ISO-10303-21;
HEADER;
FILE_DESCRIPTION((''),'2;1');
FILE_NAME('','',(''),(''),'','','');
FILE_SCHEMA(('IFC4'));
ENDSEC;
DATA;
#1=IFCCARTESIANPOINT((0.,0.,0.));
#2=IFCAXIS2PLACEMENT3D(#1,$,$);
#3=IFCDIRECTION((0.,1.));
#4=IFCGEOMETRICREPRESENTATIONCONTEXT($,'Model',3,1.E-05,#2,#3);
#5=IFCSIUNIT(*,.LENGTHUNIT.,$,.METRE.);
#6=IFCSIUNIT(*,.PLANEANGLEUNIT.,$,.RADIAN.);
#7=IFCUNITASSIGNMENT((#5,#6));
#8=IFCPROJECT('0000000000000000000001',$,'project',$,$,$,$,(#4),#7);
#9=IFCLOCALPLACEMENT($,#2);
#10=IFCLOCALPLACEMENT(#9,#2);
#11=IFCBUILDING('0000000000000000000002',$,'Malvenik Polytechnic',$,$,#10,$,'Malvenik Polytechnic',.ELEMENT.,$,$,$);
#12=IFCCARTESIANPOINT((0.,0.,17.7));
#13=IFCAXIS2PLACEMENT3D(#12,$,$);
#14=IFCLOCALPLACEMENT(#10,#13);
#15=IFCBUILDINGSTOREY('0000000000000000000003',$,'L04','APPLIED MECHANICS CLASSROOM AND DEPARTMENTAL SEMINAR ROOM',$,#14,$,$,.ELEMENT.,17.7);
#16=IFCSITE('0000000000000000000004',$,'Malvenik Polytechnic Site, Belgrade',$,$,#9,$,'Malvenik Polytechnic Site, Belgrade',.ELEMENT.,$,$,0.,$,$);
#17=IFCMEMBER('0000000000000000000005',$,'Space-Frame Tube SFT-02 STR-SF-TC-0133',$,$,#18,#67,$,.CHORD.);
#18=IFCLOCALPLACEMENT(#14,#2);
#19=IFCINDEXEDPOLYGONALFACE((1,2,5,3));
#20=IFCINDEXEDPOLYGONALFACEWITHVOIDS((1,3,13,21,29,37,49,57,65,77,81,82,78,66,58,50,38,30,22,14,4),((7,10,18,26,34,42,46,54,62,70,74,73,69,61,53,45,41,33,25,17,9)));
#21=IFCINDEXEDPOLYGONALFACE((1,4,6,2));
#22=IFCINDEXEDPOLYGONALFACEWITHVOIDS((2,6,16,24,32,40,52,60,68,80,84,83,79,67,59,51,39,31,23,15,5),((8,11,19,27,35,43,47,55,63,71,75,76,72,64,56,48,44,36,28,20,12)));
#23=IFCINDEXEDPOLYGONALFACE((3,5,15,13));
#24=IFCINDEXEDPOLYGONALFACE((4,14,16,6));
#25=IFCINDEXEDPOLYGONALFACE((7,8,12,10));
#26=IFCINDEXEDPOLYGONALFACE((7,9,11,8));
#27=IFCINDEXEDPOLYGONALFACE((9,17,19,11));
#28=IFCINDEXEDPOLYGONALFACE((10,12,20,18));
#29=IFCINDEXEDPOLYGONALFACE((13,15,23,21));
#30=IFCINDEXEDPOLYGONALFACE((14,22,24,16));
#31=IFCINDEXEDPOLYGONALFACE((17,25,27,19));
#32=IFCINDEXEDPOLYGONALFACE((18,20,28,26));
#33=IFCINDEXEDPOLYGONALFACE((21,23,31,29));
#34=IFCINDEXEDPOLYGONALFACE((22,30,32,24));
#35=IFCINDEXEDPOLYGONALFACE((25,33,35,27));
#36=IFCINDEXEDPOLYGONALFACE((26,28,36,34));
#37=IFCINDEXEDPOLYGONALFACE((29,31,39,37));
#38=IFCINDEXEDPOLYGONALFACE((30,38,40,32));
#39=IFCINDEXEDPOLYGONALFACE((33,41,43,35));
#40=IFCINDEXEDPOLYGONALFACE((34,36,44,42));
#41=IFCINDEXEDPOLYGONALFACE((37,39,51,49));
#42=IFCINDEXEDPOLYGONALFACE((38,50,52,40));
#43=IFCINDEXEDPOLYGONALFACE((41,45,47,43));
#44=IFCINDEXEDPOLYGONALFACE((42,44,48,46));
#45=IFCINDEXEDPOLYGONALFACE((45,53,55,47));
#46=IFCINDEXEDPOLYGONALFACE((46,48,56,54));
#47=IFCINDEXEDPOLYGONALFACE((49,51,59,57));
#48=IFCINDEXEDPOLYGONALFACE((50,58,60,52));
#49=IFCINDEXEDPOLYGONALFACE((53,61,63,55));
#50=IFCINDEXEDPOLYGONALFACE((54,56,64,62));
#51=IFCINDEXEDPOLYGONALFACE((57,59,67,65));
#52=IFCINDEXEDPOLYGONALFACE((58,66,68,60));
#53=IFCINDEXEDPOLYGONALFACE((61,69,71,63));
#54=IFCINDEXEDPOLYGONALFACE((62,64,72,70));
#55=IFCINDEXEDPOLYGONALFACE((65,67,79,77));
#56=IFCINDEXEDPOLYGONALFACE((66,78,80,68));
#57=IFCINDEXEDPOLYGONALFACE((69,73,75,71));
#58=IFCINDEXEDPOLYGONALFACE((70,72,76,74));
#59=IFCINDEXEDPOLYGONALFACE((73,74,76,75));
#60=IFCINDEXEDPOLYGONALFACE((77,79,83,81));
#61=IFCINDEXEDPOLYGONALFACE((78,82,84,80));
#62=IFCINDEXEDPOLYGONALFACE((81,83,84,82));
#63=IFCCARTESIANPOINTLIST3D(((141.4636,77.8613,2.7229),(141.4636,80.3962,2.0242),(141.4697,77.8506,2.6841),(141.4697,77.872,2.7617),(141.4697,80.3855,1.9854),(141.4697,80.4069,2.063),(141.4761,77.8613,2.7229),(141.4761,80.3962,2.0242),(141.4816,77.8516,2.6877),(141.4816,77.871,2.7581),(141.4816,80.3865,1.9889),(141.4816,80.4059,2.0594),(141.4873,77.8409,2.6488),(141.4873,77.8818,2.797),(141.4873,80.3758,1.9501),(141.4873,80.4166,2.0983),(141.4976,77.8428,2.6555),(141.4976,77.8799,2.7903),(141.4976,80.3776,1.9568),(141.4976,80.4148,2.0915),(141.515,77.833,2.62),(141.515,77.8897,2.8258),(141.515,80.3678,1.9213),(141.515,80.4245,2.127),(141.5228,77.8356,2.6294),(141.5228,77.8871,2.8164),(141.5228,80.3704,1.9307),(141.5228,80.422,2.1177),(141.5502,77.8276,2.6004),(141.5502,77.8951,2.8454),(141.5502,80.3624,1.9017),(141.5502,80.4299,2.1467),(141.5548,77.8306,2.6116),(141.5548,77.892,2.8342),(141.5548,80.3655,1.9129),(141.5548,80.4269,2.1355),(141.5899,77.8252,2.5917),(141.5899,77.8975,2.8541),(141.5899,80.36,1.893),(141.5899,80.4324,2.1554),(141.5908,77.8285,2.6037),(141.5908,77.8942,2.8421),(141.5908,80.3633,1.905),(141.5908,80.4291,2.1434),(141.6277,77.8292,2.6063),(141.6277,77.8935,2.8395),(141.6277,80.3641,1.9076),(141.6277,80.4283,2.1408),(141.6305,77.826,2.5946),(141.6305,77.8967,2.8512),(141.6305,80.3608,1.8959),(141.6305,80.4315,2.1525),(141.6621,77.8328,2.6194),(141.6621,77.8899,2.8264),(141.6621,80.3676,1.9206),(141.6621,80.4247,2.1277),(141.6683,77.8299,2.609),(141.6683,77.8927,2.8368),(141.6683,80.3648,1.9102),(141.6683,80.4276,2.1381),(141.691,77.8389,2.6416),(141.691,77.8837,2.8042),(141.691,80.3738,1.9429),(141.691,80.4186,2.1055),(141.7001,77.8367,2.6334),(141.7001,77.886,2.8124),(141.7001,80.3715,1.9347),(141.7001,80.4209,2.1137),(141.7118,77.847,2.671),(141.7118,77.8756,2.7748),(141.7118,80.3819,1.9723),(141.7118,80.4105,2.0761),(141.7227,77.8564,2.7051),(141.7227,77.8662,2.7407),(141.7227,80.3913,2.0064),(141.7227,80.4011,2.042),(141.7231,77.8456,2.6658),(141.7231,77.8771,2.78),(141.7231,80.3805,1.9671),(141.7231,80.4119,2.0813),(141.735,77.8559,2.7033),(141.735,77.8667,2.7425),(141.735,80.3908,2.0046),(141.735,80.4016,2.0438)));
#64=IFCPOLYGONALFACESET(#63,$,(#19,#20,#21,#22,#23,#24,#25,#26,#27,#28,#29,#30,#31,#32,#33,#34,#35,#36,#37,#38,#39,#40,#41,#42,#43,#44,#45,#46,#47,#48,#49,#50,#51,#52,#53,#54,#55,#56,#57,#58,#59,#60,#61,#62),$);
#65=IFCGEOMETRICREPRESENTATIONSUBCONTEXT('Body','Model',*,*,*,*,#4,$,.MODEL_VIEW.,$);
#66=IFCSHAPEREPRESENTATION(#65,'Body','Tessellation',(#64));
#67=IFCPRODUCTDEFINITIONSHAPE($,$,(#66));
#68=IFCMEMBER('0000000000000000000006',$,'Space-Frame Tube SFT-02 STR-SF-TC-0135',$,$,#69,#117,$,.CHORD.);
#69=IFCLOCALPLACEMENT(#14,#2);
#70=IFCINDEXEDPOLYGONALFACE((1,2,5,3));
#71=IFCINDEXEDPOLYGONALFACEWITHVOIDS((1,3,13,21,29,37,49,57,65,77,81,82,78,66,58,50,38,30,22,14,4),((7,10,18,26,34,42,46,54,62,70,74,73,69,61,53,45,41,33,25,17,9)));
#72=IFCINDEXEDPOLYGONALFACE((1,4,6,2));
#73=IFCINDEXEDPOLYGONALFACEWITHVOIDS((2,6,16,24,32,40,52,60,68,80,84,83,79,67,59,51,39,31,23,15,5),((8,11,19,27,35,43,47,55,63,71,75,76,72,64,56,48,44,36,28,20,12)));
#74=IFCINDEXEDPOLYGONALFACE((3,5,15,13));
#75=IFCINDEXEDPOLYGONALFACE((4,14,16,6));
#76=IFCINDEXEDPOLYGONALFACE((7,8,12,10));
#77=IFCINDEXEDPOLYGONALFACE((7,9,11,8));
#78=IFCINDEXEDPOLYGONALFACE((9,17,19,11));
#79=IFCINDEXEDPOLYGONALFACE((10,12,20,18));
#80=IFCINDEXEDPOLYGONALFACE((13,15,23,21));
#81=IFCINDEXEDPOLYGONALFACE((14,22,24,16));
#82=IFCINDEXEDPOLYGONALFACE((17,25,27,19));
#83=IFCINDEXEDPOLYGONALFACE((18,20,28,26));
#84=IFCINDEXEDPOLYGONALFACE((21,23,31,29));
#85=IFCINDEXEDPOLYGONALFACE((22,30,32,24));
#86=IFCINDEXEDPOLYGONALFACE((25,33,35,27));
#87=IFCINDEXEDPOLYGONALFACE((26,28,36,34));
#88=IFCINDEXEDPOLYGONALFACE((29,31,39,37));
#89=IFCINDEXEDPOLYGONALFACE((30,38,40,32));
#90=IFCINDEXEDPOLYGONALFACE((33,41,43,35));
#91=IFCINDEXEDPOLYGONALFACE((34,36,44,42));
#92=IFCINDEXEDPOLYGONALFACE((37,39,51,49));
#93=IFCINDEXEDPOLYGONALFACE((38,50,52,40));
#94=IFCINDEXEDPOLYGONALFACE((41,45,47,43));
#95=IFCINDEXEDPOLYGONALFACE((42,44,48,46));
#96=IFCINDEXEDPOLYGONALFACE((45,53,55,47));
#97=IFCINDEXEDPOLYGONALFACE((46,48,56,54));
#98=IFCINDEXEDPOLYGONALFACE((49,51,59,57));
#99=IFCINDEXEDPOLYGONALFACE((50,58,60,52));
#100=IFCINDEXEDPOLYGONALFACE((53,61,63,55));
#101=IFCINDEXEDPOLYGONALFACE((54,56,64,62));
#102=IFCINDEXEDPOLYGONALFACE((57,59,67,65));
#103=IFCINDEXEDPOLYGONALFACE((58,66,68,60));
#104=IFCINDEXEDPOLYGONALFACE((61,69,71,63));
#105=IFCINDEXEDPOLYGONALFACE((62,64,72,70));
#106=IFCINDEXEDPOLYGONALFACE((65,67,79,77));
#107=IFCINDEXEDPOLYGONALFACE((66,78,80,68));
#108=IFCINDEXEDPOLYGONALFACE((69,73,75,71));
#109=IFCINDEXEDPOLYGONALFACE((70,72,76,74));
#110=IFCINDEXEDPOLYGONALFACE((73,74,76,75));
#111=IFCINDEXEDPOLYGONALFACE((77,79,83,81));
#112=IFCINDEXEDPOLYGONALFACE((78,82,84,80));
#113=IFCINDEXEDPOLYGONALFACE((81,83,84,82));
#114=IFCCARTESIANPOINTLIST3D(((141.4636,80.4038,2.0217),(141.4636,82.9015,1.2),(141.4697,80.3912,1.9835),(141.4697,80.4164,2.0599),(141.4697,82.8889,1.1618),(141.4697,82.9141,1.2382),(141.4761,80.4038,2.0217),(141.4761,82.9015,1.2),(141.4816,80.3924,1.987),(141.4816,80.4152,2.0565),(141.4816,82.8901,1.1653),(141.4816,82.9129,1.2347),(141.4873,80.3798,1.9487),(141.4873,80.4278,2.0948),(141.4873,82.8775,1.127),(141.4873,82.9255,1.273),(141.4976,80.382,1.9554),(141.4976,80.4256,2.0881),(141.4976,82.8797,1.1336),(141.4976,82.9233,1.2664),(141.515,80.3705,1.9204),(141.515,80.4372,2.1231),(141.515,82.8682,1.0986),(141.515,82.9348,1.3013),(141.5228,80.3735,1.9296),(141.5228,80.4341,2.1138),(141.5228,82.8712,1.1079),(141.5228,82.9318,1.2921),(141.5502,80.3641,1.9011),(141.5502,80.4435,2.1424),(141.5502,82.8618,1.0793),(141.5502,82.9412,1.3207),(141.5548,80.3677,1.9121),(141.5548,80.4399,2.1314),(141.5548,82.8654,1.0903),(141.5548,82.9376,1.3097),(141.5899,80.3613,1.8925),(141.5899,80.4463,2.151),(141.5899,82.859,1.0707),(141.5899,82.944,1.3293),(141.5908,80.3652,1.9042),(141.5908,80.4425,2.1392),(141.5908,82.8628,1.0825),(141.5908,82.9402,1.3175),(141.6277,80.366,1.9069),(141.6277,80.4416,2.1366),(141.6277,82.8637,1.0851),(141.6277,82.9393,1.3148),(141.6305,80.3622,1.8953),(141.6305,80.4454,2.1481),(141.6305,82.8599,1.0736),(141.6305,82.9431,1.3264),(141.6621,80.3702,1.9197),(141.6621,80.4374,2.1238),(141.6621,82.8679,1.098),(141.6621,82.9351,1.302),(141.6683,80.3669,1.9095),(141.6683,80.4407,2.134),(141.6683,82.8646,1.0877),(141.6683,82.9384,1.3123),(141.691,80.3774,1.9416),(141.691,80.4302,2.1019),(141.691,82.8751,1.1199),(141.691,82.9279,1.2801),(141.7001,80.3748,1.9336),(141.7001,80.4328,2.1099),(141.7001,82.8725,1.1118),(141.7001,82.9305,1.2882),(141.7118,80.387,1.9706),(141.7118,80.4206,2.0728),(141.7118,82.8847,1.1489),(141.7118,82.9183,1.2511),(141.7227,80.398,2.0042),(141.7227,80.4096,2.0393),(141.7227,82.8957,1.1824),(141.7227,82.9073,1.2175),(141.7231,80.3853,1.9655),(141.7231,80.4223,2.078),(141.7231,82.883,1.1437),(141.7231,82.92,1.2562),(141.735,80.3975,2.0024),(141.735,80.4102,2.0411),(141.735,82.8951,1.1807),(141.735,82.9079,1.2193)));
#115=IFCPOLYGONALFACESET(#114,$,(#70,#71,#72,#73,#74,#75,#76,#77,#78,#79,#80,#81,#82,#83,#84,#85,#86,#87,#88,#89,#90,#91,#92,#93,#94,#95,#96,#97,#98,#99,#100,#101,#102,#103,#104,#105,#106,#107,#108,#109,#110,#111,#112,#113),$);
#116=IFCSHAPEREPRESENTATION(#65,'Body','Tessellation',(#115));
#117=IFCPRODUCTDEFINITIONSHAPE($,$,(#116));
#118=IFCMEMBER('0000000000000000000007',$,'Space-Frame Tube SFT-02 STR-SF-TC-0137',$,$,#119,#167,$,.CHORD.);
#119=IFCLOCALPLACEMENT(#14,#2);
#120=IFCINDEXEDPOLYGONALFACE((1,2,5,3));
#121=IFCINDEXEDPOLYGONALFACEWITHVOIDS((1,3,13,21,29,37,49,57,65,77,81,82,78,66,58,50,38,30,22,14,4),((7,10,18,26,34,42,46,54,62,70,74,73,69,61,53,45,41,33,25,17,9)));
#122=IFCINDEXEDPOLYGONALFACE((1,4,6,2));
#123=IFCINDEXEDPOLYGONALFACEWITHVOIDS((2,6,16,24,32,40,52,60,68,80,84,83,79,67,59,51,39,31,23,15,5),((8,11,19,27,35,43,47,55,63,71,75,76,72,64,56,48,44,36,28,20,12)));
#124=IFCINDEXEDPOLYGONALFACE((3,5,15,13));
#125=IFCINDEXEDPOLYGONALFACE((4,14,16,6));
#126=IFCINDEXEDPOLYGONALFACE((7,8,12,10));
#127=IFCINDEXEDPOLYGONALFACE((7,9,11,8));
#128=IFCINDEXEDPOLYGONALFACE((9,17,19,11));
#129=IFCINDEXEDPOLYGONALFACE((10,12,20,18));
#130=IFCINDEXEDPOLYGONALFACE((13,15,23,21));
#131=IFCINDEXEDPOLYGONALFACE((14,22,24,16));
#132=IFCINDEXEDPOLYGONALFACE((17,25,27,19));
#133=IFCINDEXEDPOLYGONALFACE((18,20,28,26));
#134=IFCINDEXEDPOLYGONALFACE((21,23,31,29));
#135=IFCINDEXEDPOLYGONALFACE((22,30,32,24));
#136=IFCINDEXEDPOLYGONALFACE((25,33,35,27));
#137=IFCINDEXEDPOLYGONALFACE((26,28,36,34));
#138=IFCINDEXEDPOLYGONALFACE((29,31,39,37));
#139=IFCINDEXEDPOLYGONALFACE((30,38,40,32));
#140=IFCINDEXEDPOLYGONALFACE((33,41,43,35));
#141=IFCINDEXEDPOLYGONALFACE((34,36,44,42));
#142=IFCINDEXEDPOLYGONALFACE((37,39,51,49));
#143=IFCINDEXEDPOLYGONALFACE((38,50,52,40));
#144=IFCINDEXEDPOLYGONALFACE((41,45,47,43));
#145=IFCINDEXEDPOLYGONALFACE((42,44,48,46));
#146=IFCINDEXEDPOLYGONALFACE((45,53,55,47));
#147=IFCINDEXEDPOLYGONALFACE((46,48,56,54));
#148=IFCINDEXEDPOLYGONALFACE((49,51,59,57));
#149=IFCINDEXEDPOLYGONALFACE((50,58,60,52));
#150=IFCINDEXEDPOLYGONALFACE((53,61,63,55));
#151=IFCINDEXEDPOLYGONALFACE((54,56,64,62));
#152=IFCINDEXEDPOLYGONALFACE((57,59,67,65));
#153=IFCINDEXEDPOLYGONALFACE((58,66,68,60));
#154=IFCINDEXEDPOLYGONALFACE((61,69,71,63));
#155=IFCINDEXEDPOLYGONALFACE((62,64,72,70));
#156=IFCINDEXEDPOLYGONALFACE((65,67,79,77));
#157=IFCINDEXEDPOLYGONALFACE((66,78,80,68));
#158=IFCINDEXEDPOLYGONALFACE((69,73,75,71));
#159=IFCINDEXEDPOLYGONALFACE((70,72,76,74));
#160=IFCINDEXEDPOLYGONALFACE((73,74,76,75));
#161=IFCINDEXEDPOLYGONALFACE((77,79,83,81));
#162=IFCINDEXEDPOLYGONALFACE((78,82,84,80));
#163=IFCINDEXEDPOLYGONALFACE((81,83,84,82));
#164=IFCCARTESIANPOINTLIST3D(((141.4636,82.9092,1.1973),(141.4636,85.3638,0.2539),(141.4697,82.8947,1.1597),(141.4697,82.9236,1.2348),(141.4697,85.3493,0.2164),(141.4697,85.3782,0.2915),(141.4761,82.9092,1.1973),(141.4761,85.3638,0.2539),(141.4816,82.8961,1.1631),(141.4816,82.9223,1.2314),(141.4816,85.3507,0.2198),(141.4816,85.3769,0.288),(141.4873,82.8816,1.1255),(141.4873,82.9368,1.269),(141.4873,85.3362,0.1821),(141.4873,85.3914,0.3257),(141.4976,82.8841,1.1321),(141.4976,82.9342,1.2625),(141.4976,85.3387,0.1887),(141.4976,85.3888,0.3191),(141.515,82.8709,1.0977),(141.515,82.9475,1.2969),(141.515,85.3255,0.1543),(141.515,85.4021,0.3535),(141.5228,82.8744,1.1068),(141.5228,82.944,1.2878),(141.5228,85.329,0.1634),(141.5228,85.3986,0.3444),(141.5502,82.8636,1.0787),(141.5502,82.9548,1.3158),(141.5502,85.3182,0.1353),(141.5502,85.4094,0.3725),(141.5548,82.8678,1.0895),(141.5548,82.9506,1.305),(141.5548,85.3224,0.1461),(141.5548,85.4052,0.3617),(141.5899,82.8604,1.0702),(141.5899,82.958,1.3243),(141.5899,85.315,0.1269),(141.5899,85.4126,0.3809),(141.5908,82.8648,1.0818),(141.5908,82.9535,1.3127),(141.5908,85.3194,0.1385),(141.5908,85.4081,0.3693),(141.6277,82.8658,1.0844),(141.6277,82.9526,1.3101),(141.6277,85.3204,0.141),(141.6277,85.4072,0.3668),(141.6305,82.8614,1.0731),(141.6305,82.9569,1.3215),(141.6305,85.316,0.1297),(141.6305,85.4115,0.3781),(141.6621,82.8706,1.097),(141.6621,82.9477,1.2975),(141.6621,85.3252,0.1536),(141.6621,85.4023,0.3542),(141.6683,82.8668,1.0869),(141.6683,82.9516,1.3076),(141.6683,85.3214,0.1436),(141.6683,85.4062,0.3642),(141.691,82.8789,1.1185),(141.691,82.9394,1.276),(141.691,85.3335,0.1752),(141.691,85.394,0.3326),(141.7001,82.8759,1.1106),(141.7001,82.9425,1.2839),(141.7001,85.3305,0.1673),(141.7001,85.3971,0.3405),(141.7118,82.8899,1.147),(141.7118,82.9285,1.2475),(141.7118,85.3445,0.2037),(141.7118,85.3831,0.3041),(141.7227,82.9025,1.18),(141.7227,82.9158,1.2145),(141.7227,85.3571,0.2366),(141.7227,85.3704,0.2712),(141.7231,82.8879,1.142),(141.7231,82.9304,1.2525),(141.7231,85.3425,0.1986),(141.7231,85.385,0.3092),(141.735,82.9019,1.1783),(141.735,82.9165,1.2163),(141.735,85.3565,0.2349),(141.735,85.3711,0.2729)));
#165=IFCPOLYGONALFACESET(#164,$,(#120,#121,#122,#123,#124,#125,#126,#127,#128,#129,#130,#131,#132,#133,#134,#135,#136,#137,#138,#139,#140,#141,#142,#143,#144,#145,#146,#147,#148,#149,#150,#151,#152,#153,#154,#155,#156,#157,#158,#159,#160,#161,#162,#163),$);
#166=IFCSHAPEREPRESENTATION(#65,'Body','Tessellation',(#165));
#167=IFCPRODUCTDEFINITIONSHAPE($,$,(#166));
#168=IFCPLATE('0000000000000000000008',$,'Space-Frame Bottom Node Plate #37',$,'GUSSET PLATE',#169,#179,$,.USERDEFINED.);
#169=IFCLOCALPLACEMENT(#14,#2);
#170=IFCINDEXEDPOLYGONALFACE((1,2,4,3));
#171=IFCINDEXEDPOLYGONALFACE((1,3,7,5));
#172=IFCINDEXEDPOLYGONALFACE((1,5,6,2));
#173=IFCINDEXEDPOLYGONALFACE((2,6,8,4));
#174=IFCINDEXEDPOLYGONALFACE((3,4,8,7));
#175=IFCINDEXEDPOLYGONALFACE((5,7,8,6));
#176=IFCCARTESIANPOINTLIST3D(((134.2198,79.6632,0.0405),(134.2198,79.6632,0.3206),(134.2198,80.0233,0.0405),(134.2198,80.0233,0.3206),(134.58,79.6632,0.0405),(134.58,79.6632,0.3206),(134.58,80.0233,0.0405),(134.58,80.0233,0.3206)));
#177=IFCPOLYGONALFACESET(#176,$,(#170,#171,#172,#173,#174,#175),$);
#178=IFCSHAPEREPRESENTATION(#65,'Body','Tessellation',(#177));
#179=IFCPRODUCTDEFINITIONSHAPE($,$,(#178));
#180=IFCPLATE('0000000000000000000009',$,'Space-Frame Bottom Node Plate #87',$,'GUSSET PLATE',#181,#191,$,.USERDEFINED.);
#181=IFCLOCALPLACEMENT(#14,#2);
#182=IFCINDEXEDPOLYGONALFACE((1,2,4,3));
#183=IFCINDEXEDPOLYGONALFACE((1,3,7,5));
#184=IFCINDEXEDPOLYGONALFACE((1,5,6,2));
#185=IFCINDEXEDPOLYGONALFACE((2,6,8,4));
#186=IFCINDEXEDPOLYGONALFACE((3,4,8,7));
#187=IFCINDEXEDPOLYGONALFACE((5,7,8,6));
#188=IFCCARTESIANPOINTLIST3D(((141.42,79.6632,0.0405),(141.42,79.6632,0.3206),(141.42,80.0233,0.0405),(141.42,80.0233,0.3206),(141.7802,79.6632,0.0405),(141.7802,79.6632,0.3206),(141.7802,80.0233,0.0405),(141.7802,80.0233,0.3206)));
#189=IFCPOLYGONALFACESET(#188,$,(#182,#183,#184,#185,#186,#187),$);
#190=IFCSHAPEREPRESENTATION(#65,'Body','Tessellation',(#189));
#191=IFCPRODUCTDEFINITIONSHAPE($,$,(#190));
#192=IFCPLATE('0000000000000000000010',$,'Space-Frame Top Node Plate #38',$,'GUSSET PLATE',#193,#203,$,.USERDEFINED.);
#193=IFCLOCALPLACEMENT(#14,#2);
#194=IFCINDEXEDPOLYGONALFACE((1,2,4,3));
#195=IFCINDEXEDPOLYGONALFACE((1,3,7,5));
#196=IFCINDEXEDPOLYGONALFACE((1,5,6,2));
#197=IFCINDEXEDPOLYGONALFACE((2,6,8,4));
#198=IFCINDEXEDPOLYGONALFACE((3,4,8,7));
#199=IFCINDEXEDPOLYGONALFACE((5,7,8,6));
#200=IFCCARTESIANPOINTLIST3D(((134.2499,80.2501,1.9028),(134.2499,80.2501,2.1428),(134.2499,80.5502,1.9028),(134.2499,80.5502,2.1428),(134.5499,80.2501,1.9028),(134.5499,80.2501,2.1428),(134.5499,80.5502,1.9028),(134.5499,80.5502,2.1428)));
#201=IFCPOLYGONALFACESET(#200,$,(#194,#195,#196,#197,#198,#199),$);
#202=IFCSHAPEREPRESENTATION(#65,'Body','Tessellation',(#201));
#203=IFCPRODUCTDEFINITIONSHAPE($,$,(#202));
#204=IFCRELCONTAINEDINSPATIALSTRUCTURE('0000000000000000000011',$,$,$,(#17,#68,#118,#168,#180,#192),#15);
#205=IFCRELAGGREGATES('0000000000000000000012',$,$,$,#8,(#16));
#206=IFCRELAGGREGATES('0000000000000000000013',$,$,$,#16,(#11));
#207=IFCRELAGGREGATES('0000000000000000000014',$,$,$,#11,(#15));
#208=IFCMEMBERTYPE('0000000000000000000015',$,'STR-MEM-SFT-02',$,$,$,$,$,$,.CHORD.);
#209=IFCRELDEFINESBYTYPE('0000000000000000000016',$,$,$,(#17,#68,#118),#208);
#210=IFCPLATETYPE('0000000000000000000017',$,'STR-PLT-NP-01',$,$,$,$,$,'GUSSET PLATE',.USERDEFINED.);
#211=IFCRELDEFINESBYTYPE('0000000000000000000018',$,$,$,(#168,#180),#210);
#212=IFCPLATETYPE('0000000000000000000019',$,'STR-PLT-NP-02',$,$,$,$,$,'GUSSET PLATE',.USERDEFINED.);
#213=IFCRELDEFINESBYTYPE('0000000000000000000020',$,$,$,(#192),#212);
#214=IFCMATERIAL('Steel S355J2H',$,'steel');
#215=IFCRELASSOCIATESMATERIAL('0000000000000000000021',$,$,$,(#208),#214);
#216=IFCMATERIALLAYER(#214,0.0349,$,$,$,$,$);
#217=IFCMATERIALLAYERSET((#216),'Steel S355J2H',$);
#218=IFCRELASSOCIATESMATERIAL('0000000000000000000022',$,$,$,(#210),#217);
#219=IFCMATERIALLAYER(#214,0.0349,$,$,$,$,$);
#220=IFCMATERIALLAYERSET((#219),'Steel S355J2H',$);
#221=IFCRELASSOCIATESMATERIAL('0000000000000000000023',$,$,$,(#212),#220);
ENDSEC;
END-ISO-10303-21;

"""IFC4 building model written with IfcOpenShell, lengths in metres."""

from ifc_helpers import new_model, si_unit, direction, frame, origin, origin_2d, place, context, subcontext, project, spatial, rectangle, hollow_circle, extrude, material, layer, layer_set, material_profile, profile_set, type_object, element, save


model = new_model("IFC4")

# Units and contexts
model_context = context("Model", 3, precision=1e-05, world=origin(), true_north=direction((0.0, 1.0)))
body_context = subcontext(model_context, "Body", "Model", "MODEL_VIEW")
ifc_project = project(units=[si_unit("LENGTHUNIT", "METRE"), si_unit("PLANEANGLEUNIT", "RADIAN")], contexts=[model_context])

# Site, building, storey
site_placement = place(None, origin())
site = spatial("IfcSite", under=ifc_project, at=site_placement, Name="Malvenik Polytechnic Site, Belgrade", LongName="Malvenik Polytechnic Site, Belgrade", CompositionType="ELEMENT", RefElevation=0.0)
building_placement = place(site_placement, origin())
building = spatial("IfcBuilding", under=site, at=building_placement, Name="Malvenik Polytechnic", LongName="Malvenik Polytechnic", CompositionType="ELEMENT")
storey_placement = place(building_placement, frame((0.0, 0.0, 17.7)))
storey = spatial("IfcBuildingStorey", under=building, at=storey_placement, Name="L04", Description="APPLIED MECHANICS CLASSROOM AND DEPARTMENTAL SEMINAR ROOM", CompositionType="ELEMENT", Elevation=17.7)

# Members
ifc_material = material(Name="Steel S355J2H", Category="steel")
ifc_material_profile_1 = material_profile(ifc_material, hollow_circle(Radius=0.1365, WallThickness=0.0125, at=origin_2d()), Name="CHS 273.0x12.5")
ifc_profile_set_1 = profile_set([ifc_material_profile_1], Name="Steel S355J2H")
member_type_1 = type_object("IfcMemberType", Name="STR-MEM-SFT-02", PredefinedType="CHORD", material=ifc_profile_set_1)
for number, where, z_axis, x_axis, name in (
    (1, (141.6001, 77.8613, 2.7229), (0.0, 0.964047, -0.265733), (-1.0, 0.0, 0.0), "Space-Frame Tube SFT-02 STR-SF-TC-0133"),
    (2, (141.6001, 80.4038, 2.0217), (0.0, 0.949911, -0.312521), (-1.0, 0.0, 0.0), "Space-Frame Tube SFT-02 STR-SF-TC-0135"),
):
    element("IfcMember", number, at=place(storey_placement, frame(where, z_axis=z_axis, x_axis=x_axis)), inside=storey, type_object=member_type_1, Name=name, PredefinedType="CHORD", context=body_context, shape_type="SweptSolid", body=[
        extrude(hollow_circle(Radius=0.1365, WallThickness=0.0125, at=origin_2d()), origin(), (0.0, 0.0, 1.0), 2.6294),
    ])
member_1_placement = place(storey_placement, frame((141.6001, 82.9092, 1.1973), z_axis=(0.0, 0.933437, -0.358743), x_axis=(-1.0, 0.0, 0.0)))
element("IfcMember", 3, at=member_1_placement, inside=storey, type_object=member_type_1, Name="Space-Frame Tube SFT-02 STR-SF-TC-0137", PredefinedType="CHORD", context=body_context, shape_type="SweptSolid", body=[
    extrude(hollow_circle(Radius=0.1365, WallThickness=0.0125, at=origin_2d()), origin(), (0.0, 0.0, 1.0), 2.6296),
])

# Plates
ifc_layer_1 = layer(ifc_material, 0.0349)
ifc_layer_set_1 = layer_set([ifc_layer_1], Name="Steel S355J2H")
plate_type_1 = type_object("IfcPlateType", Name="STR-PLT-NP-01", ElementType="GUSSET PLATE", PredefinedType="USERDEFINED", material=ifc_layer_set_1)
for number, where, z_axis, x_axis, name in (
    (4, (134.3999, 79.8433, 0.0405), (0.0, 0.0, 1.0), (1.0, 0.0, 0.0), "Space-Frame Bottom Node Plate #37"),
    (5, (141.6001, 79.8433, 0.0405), (0.0, 0.0, 1.0), (1.0, 0.0, 0.0), "Space-Frame Bottom Node Plate #87"),
):
    element("IfcPlate", number, at=place(storey_placement, frame(where, z_axis=z_axis, x_axis=x_axis)), inside=storey, type_object=plate_type_1, Name=name, ObjectType="GUSSET PLATE", PredefinedType="USERDEFINED", context=body_context, shape_type="SweptSolid", body=[
        extrude(rectangle(XDim=0.3601, YDim=0.3601, at=origin_2d()), origin(), (0.0, 0.0, 1.0), 0.28),
    ])
ifc_layer_2 = layer(ifc_material, 0.0349)
ifc_layer_set_2 = layer_set([ifc_layer_2], Name="Steel S355J2H")
plate_type_2 = type_object("IfcPlateType", Name="STR-PLT-NP-02", ElementType="GUSSET PLATE", PredefinedType="USERDEFINED", material=ifc_layer_set_2)
for number, where, z_axis, x_axis, name in (
    (6, (134.3999, 80.4001, 1.9028), (0.0, 0.0, 1.0), (1.0, 0.0, 0.0), "Space-Frame Top Node Plate #38"),
):
    element("IfcPlate", number, at=place(storey_placement, frame(where, z_axis=z_axis, x_axis=x_axis)), inside=storey, type_object=plate_type_2, Name=name, ObjectType="GUSSET PLATE", PredefinedType="USERDEFINED", context=body_context, shape_type="SweptSolid", body=[
        extrude(rectangle(XDim=0.3, YDim=0.3, at=origin_2d()), origin(), (0.0, 0.0, 1.0), 0.24),
    ])

save(model, "model.ifc")
